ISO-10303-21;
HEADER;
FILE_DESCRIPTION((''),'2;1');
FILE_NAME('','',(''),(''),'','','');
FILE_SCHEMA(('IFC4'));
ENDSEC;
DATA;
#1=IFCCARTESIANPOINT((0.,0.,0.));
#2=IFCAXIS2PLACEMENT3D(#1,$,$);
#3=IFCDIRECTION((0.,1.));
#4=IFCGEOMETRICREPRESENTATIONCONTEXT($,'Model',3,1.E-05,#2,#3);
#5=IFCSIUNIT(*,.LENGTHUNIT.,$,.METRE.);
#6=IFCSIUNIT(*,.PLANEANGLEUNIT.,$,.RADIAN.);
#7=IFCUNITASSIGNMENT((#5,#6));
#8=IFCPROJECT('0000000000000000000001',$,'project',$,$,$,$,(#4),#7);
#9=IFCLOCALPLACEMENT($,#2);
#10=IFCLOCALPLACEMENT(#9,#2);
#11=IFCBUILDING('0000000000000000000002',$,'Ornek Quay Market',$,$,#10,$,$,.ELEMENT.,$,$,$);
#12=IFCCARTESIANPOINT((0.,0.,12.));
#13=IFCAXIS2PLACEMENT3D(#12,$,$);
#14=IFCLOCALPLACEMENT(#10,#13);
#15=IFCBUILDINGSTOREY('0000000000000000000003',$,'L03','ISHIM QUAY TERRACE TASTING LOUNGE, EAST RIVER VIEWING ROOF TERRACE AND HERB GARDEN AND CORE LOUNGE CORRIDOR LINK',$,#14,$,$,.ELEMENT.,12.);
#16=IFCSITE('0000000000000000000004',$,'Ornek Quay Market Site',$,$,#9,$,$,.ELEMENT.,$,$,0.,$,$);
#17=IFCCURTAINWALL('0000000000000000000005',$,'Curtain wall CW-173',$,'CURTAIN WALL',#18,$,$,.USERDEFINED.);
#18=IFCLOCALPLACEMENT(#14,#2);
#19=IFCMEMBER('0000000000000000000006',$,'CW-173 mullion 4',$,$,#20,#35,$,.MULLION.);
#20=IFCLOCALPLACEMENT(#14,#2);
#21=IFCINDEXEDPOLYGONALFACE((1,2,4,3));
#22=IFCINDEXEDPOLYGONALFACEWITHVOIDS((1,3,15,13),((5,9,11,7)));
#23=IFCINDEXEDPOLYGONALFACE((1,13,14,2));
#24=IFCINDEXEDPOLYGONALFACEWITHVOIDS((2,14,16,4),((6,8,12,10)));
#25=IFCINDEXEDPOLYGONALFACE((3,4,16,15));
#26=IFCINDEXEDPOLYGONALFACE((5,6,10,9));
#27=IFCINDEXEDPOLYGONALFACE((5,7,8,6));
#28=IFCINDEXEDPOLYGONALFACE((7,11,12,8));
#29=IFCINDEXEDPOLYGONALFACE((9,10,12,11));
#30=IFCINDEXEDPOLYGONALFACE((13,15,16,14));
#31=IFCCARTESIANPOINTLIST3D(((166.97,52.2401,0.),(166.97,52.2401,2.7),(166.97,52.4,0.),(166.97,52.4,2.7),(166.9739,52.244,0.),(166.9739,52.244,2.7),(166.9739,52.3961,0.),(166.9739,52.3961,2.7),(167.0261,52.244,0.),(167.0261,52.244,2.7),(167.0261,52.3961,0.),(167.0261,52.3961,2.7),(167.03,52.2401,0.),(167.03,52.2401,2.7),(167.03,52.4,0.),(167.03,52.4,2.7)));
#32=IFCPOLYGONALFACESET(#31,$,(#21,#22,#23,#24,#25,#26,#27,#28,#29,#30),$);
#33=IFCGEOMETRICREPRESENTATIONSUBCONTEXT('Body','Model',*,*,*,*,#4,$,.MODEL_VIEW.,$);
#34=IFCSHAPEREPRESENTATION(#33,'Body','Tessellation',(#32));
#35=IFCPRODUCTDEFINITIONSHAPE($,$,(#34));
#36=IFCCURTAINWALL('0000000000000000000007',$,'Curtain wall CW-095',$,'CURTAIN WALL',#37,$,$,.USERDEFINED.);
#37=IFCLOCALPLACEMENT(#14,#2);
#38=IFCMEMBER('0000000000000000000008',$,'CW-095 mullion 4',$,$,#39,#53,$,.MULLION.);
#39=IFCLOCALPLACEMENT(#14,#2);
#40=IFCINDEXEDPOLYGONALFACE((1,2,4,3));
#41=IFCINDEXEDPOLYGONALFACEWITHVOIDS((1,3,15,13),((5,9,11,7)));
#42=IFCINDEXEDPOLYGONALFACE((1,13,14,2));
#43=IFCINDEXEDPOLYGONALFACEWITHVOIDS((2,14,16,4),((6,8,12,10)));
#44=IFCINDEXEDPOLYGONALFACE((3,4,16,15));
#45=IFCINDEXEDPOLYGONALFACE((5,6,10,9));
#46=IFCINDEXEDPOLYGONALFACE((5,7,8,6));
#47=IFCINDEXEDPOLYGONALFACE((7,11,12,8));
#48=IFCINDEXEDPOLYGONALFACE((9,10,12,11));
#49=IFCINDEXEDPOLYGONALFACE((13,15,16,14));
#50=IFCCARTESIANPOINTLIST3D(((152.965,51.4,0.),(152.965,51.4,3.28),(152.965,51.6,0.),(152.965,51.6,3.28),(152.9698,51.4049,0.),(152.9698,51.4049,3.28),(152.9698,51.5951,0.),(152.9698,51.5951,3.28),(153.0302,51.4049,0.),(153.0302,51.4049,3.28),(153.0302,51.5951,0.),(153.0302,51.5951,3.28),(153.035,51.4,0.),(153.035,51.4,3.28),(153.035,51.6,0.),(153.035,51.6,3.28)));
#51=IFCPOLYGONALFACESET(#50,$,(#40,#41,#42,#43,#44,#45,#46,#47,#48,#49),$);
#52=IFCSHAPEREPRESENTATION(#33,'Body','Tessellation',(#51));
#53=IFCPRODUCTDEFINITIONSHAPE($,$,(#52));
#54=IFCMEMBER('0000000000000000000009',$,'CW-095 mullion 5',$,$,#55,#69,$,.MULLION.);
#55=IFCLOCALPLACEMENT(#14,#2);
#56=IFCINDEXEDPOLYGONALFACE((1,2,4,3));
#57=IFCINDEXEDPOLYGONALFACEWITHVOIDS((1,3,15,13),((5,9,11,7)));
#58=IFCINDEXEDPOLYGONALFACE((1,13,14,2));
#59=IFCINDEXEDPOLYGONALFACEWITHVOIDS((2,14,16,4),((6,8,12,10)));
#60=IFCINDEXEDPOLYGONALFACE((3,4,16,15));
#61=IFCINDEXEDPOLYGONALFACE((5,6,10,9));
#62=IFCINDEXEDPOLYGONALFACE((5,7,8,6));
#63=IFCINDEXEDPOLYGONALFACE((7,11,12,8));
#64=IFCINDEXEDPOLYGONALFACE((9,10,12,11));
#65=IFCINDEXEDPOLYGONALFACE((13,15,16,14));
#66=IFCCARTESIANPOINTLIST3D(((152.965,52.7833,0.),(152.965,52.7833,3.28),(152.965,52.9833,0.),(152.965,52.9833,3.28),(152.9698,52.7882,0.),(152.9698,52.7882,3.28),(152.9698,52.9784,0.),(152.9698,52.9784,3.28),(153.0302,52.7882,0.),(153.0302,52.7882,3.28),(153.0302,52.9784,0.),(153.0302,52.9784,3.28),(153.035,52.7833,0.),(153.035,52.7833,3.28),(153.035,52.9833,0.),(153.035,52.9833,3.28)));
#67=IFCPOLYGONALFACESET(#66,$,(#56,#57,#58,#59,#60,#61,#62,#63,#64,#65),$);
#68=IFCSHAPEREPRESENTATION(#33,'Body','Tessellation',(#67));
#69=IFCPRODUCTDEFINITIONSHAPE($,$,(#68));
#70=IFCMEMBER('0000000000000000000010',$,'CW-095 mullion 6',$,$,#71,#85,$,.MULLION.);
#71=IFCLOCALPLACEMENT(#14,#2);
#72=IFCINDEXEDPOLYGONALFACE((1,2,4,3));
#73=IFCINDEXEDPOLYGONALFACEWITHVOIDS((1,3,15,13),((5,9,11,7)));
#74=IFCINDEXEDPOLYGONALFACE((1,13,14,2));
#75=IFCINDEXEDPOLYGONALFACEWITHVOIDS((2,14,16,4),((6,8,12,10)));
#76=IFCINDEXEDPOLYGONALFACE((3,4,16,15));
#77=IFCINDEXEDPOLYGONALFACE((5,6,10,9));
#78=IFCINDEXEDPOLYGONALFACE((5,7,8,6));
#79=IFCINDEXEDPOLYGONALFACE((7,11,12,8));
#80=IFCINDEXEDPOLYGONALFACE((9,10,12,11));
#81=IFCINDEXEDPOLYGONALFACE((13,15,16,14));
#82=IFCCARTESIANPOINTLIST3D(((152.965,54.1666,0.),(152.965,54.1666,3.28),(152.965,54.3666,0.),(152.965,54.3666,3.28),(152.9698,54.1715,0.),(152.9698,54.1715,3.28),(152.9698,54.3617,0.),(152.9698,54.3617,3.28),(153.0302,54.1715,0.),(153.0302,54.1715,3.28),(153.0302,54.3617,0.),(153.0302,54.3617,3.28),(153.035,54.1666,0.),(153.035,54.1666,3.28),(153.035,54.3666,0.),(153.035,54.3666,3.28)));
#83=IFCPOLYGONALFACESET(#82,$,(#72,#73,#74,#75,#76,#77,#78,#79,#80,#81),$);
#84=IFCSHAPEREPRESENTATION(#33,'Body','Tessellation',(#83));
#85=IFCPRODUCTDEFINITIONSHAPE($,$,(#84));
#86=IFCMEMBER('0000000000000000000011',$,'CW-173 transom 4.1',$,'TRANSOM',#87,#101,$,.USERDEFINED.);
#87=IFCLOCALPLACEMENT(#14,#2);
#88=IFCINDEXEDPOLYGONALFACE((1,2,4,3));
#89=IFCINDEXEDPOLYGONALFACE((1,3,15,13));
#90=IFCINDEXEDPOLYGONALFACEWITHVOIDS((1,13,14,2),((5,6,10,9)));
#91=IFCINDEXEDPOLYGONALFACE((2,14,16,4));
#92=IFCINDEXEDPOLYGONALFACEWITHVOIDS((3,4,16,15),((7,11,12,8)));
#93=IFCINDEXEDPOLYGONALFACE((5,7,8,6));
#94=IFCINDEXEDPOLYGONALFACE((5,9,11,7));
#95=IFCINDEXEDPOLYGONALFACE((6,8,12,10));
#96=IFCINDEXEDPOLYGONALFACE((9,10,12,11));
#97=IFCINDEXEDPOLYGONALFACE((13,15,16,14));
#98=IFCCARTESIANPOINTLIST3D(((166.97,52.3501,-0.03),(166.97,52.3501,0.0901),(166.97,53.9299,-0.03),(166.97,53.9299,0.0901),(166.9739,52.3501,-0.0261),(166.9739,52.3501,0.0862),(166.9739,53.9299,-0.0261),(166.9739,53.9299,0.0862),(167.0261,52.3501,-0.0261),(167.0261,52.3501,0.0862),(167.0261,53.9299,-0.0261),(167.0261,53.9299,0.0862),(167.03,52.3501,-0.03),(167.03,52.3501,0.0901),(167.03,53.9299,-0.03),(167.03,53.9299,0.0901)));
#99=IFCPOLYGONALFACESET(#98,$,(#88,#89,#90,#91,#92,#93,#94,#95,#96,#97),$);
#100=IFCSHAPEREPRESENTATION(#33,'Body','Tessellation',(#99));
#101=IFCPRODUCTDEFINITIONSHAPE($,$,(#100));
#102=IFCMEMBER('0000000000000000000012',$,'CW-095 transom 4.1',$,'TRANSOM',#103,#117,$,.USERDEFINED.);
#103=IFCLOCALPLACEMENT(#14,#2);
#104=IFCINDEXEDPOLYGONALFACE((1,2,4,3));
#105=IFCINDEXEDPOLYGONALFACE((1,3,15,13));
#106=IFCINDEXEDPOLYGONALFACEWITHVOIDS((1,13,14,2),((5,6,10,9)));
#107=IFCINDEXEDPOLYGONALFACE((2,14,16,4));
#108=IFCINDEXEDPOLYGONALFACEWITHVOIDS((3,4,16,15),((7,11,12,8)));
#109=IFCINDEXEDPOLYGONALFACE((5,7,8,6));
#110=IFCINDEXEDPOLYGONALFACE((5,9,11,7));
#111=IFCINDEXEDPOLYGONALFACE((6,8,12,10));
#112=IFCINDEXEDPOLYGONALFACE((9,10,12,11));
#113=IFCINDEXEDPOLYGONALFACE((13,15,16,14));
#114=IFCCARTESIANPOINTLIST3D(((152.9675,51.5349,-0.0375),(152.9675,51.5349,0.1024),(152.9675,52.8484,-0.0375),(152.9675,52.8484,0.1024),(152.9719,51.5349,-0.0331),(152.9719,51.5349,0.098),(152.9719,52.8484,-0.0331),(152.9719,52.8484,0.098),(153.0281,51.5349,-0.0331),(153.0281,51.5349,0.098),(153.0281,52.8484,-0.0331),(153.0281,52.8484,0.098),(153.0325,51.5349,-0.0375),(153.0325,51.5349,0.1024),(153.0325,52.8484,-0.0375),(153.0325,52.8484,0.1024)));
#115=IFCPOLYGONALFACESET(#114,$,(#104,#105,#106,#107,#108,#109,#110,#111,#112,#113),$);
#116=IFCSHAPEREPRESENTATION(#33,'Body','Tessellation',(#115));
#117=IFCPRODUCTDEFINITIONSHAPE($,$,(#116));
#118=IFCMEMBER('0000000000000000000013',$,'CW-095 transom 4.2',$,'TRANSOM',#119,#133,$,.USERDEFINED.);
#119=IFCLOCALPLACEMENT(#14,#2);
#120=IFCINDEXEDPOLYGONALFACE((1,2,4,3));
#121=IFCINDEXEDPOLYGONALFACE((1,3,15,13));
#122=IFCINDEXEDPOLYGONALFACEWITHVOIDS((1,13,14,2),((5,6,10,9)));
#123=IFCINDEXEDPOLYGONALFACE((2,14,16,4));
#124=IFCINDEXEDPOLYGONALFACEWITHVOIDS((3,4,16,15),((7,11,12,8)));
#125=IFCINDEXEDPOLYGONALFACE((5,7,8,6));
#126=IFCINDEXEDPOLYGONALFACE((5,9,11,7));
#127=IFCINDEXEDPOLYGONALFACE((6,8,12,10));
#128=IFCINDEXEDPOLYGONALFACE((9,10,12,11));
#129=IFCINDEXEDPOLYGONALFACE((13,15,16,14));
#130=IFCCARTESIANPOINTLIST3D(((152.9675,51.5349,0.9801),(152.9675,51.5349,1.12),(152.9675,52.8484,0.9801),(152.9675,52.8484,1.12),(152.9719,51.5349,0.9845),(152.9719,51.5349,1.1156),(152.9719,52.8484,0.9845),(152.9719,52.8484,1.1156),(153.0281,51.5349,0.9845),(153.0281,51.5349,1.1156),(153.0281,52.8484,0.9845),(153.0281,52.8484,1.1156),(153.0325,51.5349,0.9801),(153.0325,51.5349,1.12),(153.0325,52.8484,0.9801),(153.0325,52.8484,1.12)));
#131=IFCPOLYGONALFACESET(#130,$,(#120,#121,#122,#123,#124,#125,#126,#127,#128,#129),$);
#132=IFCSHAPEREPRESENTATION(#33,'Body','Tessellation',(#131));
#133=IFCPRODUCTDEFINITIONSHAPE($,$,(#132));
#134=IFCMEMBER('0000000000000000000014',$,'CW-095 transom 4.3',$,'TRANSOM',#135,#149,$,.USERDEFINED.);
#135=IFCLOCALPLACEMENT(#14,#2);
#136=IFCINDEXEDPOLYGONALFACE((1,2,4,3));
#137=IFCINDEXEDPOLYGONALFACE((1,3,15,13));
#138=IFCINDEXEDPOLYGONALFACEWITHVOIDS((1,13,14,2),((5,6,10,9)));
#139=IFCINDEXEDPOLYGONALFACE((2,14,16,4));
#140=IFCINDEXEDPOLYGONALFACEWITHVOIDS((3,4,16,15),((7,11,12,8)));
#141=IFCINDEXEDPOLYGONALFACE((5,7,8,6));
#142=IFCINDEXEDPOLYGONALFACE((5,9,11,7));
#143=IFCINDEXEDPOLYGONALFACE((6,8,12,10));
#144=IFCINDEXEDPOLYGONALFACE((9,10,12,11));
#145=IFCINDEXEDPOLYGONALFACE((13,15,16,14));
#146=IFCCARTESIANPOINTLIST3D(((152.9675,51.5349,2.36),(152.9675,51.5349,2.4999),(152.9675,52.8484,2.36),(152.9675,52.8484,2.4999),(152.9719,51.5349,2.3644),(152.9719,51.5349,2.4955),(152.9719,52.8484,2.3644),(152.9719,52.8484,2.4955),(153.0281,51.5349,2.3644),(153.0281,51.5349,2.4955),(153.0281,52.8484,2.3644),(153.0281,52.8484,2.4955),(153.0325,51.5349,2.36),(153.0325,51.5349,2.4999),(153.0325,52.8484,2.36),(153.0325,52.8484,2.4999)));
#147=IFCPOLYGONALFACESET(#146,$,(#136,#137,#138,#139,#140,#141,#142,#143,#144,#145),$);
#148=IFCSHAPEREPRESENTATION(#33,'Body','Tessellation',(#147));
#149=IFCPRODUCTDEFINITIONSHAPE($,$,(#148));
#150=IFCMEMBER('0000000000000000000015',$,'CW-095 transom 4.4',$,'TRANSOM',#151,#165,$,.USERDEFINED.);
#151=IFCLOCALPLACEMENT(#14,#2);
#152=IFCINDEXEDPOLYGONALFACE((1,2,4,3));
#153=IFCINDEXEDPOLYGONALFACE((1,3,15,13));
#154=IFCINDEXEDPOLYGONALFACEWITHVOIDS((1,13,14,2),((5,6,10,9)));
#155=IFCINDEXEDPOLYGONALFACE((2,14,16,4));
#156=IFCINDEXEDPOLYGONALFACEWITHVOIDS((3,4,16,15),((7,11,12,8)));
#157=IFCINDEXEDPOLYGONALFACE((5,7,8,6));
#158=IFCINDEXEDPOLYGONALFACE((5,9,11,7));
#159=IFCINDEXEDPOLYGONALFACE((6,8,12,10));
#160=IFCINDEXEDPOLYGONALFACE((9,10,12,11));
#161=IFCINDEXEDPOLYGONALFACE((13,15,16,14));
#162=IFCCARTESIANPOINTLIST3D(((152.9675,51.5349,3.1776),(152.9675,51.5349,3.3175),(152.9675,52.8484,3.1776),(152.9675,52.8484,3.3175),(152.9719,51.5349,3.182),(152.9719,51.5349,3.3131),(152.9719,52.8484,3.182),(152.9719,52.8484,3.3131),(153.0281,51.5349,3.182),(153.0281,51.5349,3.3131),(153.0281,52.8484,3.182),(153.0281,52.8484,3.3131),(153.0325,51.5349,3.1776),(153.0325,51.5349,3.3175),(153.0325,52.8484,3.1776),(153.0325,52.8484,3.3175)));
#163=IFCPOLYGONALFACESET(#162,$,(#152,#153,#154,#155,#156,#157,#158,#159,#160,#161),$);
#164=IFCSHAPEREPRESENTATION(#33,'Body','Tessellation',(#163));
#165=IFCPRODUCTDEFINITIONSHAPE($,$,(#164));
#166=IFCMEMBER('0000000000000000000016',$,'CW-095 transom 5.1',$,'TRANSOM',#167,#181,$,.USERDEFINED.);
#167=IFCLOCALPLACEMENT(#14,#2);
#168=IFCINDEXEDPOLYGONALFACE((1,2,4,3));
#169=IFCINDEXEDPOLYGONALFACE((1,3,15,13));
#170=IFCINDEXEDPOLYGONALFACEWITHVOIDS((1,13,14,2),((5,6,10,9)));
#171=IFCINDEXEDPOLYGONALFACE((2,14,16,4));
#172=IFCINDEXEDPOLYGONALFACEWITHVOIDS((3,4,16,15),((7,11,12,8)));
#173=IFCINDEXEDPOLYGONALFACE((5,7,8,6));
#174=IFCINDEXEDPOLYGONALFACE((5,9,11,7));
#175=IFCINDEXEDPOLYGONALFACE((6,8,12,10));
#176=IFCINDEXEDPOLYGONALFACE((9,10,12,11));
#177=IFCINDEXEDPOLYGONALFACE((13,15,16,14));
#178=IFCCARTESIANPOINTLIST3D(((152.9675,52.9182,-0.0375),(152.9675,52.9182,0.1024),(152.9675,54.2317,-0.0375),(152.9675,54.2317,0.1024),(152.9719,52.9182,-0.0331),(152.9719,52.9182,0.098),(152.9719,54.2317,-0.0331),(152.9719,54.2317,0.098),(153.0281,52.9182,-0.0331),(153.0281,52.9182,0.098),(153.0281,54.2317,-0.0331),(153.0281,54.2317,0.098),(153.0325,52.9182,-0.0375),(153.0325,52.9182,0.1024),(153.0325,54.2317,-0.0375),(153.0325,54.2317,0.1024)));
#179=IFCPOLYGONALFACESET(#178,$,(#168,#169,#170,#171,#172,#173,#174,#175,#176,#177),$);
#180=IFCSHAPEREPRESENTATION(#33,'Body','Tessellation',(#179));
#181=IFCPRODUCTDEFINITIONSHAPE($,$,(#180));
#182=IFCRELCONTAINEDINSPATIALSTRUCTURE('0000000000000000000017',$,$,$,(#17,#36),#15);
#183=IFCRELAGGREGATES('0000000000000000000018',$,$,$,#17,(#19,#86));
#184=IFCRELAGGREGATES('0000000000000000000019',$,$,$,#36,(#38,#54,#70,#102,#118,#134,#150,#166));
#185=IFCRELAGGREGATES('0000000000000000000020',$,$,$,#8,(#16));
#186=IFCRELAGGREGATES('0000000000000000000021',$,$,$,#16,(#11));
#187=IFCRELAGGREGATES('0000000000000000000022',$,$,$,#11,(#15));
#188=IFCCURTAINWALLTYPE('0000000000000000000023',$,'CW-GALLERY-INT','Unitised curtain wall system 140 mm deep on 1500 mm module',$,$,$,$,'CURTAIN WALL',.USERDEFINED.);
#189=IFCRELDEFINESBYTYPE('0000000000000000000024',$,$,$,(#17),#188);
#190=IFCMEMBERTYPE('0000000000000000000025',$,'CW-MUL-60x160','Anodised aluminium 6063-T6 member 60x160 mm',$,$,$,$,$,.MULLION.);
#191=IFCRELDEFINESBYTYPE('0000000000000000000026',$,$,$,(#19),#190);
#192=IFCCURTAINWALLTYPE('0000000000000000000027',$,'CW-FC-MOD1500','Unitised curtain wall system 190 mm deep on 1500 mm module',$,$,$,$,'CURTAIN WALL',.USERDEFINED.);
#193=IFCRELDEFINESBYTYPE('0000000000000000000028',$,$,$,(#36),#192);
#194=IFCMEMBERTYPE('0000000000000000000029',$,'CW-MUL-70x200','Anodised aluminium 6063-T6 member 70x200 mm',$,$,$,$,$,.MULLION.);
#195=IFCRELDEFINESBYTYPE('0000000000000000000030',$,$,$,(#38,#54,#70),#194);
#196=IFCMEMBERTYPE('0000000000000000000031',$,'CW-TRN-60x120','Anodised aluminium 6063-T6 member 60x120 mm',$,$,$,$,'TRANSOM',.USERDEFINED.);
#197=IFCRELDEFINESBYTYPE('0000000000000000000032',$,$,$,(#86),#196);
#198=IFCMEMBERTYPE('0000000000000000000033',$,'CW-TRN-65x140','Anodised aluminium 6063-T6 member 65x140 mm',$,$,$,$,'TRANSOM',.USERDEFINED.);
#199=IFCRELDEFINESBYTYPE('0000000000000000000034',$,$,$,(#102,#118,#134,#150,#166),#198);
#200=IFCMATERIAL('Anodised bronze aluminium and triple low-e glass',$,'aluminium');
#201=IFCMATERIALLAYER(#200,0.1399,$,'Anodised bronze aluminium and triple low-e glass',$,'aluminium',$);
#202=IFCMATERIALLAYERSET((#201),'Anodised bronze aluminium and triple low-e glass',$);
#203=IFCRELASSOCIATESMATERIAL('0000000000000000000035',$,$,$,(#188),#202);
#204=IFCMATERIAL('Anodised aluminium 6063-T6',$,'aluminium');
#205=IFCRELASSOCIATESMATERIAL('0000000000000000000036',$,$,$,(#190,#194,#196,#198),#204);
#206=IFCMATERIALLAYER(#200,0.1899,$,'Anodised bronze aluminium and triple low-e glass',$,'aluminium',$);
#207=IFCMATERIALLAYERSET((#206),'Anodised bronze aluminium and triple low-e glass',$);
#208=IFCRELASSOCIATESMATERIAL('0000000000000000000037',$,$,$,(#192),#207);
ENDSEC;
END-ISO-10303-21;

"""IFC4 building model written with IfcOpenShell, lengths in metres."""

from ifc_helpers import new_model, si_unit, direction, frame, origin, origin_2d, place, context, subcontext, project, spatial, hollow_rectangle, extrude, material, layer, layer_set, material_profile, profile_set, type_object, element, aggregate, save


model = new_model("IFC4")

# Units and contexts
model_context = context("Model", 3, precision=1e-05, world=origin(), true_north=direction((0.0, 1.0)))
body_context = subcontext(model_context, "Body", "Model", "MODEL_VIEW")
ifc_project = project(units=[si_unit("LENGTHUNIT", "METRE"), si_unit("PLANEANGLEUNIT", "RADIAN")], contexts=[model_context])

# Site, building, storey
site_placement = place(None, origin())
site = spatial("IfcSite", under=ifc_project, at=site_placement, Name="Ornek Quay Market Site", CompositionType="ELEMENT", RefElevation=0.0)
building_placement = place(site_placement, origin())
building = spatial("IfcBuilding", under=site, at=building_placement, Name="Ornek Quay Market", CompositionType="ELEMENT")
storey_placement = place(building_placement, frame((0.0, 0.0, 12.0)))
storey = spatial("IfcBuildingStorey", under=building, at=storey_placement, Name="L03", Description="ISHIM QUAY TERRACE TASTING LOUNGE, EAST RIVER VIEWING ROOF TERRACE AND HERB GARDEN AND CORE LOUNGE CORRIDOR LINK", CompositionType="ELEMENT", Elevation=12.0)

# Curtain wall, member
ifc_material_1 = material(Name="Anodised bronze aluminium and triple low-e glass", Category="aluminium")
ifc_layer_1 = layer(ifc_material_1, 0.1399, Name="Anodised bronze aluminium and triple low-e glass", Category="aluminium")
ifc_layer_set_1 = layer_set([ifc_layer_1], Name="Anodised bronze aluminium and triple low-e glass")
curtain_wall_type_1 = type_object("IfcCurtainWallType", Name="CW-GALLERY-INT", Description="Unitised curtain wall system 140 mm deep on 1500 mm module", ElementType="CURTAIN WALL", PredefinedType="USERDEFINED", material=ifc_layer_set_1)
curtain_wall_1_placement = place(storey_placement, origin())
curtain_wall_1 = element("IfcCurtainWall", 1, at=curtain_wall_1_placement, inside=storey, type_object=curtain_wall_type_1, Name="Curtain wall CW-173", ObjectType="CURTAIN WALL", PredefinedType="USERDEFINED")
ifc_material_2 = material(Name="Anodised aluminium 6063-T6", Category="aluminium")
ifc_material_profile_1 = material_profile(ifc_material_2, hollow_rectangle(XDim=0.0601, YDim=0.1599, WallThickness=0.0039, at=origin_2d()), Name="CW-MUL-60x160", Category="aluminium")
ifc_profile_set_1 = profile_set([ifc_material_profile_1], Name="Anodised aluminium 6063-T6")
member_type_1 = type_object("IfcMemberType", Name="CW-MUL-60x160", Description="Anodised aluminium 6063-T6 member 60x160 mm", PredefinedType="MULLION", material=ifc_profile_set_1)
member_1_placement = place(storey_placement, frame((167.0, 52.3201, 0.0), z_axis=(0.0, 0.0, 1.0), x_axis=(-1.0, 0.0, 0.0)))
member_1 = element("IfcMember", 2, at=member_1_placement, type_object=member_type_1, Name="CW-173 mullion 4", PredefinedType="MULLION", context=body_context, shape_type="SweptSolid", body=[
    extrude(hollow_rectangle(XDim=0.0601, YDim=0.1599, WallThickness=0.0039, at=origin_2d()), origin(), (0.0, 0.0, 1.0), 2.7),
])

# Curtain wall, members
ifc_layer_2 = layer(ifc_material_1, 0.1899, Name="Anodised bronze aluminium and triple low-e glass", Category="aluminium")
ifc_layer_set_2 = layer_set([ifc_layer_2], Name="Anodised bronze aluminium and triple low-e glass")
curtain_wall_type_2 = type_object("IfcCurtainWallType", Name="CW-FC-MOD1500", Description="Unitised curtain wall system 190 mm deep on 1500 mm module", ElementType="CURTAIN WALL", PredefinedType="USERDEFINED", material=ifc_layer_set_2)
curtain_wall_2_placement = place(storey_placement, origin())
curtain_wall_2 = element("IfcCurtainWall", 3, at=curtain_wall_2_placement, inside=storey, type_object=curtain_wall_type_2, Name="Curtain wall CW-095", ObjectType="CURTAIN WALL", PredefinedType="USERDEFINED")
ifc_material_profile_2 = material_profile(ifc_material_2, hollow_rectangle(XDim=0.0701, YDim=0.2, WallThickness=0.0049, at=origin_2d()), Name="CW-MUL-70x200", Category="aluminium")
ifc_profile_set_2 = profile_set([ifc_material_profile_2], Name="Anodised aluminium 6063-T6")
member_type_2 = type_object("IfcMemberType", Name="CW-MUL-70x200", Description="Anodised aluminium 6063-T6 member 70x200 mm", PredefinedType="MULLION", material=ifc_profile_set_2)
member_2_placement = place(storey_placement, frame((153.0, 51.5, 0.0), z_axis=(0.0, 0.0, 1.0), x_axis=(-1.0, 0.0, 0.0)))
member_2 = element("IfcMember", 4, at=member_2_placement, type_object=member_type_2, Name="CW-095 mullion 4", PredefinedType="MULLION", context=body_context, shape_type="SweptSolid", body=[
    extrude(hollow_rectangle(XDim=0.0701, YDim=0.2, WallThickness=0.0049, at=origin_2d()), origin(), (0.0, 0.0, 1.0), 3.28),
])
member_3_placement = place(storey_placement, frame((153.0, 52.8833, 0.0), z_axis=(0.0, 0.0, 1.0), x_axis=(-1.0, 0.0, 0.0)))
member_3 = element("IfcMember", 5, at=member_3_placement, type_object=member_type_2, Name="CW-095 mullion 5", PredefinedType="MULLION", context=body_context, shape_type="SweptSolid", body=[
    extrude(hollow_rectangle(XDim=0.0701, YDim=0.2, WallThickness=0.0049, at=origin_2d()), origin(), (0.0, 0.0, 1.0), 3.28),
])
member_4_placement = place(storey_placement, frame((153.0, 54.2666, 0.0), z_axis=(0.0, 0.0, 1.0), x_axis=(-1.0, 0.0, 0.0)))
member_4 = element("IfcMember", 6, at=member_4_placement, type_object=member_type_2, Name="CW-095 mullion 6", PredefinedType="MULLION", context=body_context, shape_type="SweptSolid", body=[
    extrude(hollow_rectangle(XDim=0.0701, YDim=0.2, WallThickness=0.0049, at=origin_2d()), origin(), (0.0, 0.0, 1.0), 3.28),
])

# Members
ifc_material_profile_3 = material_profile(ifc_material_2, hollow_rectangle(XDim=0.0601, YDim=0.1201, WallThickness=0.0039, at=origin_2d()), Name="CW-TRN-60x120", Category="aluminium")
ifc_profile_set_3 = profile_set([ifc_material_profile_3], Name="Anodised aluminium 6063-T6")
member_type_3 = type_object("IfcMemberType", Name="CW-TRN-60x120", Description="Anodised aluminium 6063-T6 member 60x120 mm", ElementType="TRANSOM", PredefinedType="USERDEFINED", material=ifc_profile_set_3)
member_5_placement = place(storey_placement, frame((167.0, 52.3501, 0.03), z_axis=(0.0, 1.0, 0.0), x_axis=(-1.0, 0.0, 0.0)))
member_5 = element("IfcMember", 7, at=member_5_placement, type_object=member_type_3, Name="CW-173 transom 4.1", ObjectType="TRANSOM", PredefinedType="USERDEFINED", context=body_context, shape_type="SweptSolid", body=[
    extrude(hollow_rectangle(XDim=0.0601, YDim=0.1201, WallThickness=0.0039, at=origin_2d()), origin(), (0.0, 0.0, 1.0), 1.5798),
])
ifc_material_profile_4 = material_profile(ifc_material_2, hollow_rectangle(XDim=0.0649, YDim=0.1399, WallThickness=0.0044, at=origin_2d()), Name="CW-TRN-65x140", Category="aluminium")
ifc_profile_set_4 = profile_set([ifc_material_profile_4], Name="Anodised aluminium 6063-T6")
member_type_4 = type_object("IfcMemberType", Name="CW-TRN-65x140", Description="Anodised aluminium 6063-T6 member 65x140 mm", ElementType="TRANSOM", PredefinedType="USERDEFINED", material=ifc_profile_set_4)
member_6_placement = place(storey_placement, frame((153.0, 51.5349, 0.0325), z_axis=(0.0, 1.0, 0.0), x_axis=(-1.0, 0.0, 0.0)))
member_6 = element("IfcMember", 8, at=member_6_placement, type_object=member_type_4, Name="CW-095 transom 4.1", ObjectType="TRANSOM", PredefinedType="USERDEFINED", context=body_context, shape_type="SweptSolid", body=[
    extrude(hollow_rectangle(XDim=0.0649, YDim=0.1399, WallThickness=0.0044, at=origin_2d()), origin(), (0.0, 0.0, 1.0), 1.3135),
])
member_7_placement = place(storey_placement, frame((153.0, 51.5349, 1.05), z_axis=(0.0, 1.0, 0.0), x_axis=(-1.0, 0.0, 0.0)))
member_7 = element("IfcMember", 9, at=member_7_placement, type_object=member_type_4, Name="CW-095 transom 4.2", ObjectType="TRANSOM", PredefinedType="USERDEFINED", context=body_context, shape_type="SweptSolid", body=[
    extrude(hollow_rectangle(XDim=0.0649, YDim=0.1399, WallThickness=0.0044, at=origin_2d()), origin(), (0.0, 0.0, 1.0), 1.3135),
])
member_8_placement = place(storey_placement, frame((153.0, 51.5349, 2.4299), z_axis=(0.0, 1.0, 0.0), x_axis=(-1.0, 0.0, 0.0)))
member_8 = element("IfcMember", 10, at=member_8_placement, type_object=member_type_4, Name="CW-095 transom 4.3", ObjectType="TRANSOM", PredefinedType="USERDEFINED", context=body_context, shape_type="SweptSolid", body=[
    extrude(hollow_rectangle(XDim=0.0649, YDim=0.1399, WallThickness=0.0044, at=origin_2d()), origin(), (0.0, 0.0, 1.0), 1.3135),
])
member_9_placement = place(storey_placement, frame((153.0, 51.5349, 3.2476), z_axis=(0.0, 1.0, 0.0), x_axis=(-1.0, 0.0, 0.0)))
member_9 = element("IfcMember", 11, at=member_9_placement, type_object=member_type_4, Name="CW-095 transom 4.4", ObjectType="TRANSOM", PredefinedType="USERDEFINED", context=body_context, shape_type="SweptSolid", body=[
    extrude(hollow_rectangle(XDim=0.0649, YDim=0.1399, WallThickness=0.0044, at=origin_2d()), origin(), (0.0, 0.0, 1.0), 1.3135),
])
member_10_placement = place(storey_placement, frame((153.0, 52.9182, 0.0325), z_axis=(0.0, 1.0, 0.0), x_axis=(-1.0, 0.0, 0.0)))
member_10 = element("IfcMember", 12, at=member_10_placement, type_object=member_type_4, Name="CW-095 transom 5.1", ObjectType="TRANSOM", PredefinedType="USERDEFINED", context=body_context, shape_type="SweptSolid", body=[
    extrude(hollow_rectangle(XDim=0.0649, YDim=0.1399, WallThickness=0.0044, at=origin_2d()), origin(), (0.0, 0.0, 1.0), 1.3135),
])

aggregate(curtain_wall_1, [member_1, member_5])
aggregate(curtain_wall_2, [member_2, member_3, member_4, member_6, member_7, member_8, member_9, member_10])

save(model, "model.ifc")
